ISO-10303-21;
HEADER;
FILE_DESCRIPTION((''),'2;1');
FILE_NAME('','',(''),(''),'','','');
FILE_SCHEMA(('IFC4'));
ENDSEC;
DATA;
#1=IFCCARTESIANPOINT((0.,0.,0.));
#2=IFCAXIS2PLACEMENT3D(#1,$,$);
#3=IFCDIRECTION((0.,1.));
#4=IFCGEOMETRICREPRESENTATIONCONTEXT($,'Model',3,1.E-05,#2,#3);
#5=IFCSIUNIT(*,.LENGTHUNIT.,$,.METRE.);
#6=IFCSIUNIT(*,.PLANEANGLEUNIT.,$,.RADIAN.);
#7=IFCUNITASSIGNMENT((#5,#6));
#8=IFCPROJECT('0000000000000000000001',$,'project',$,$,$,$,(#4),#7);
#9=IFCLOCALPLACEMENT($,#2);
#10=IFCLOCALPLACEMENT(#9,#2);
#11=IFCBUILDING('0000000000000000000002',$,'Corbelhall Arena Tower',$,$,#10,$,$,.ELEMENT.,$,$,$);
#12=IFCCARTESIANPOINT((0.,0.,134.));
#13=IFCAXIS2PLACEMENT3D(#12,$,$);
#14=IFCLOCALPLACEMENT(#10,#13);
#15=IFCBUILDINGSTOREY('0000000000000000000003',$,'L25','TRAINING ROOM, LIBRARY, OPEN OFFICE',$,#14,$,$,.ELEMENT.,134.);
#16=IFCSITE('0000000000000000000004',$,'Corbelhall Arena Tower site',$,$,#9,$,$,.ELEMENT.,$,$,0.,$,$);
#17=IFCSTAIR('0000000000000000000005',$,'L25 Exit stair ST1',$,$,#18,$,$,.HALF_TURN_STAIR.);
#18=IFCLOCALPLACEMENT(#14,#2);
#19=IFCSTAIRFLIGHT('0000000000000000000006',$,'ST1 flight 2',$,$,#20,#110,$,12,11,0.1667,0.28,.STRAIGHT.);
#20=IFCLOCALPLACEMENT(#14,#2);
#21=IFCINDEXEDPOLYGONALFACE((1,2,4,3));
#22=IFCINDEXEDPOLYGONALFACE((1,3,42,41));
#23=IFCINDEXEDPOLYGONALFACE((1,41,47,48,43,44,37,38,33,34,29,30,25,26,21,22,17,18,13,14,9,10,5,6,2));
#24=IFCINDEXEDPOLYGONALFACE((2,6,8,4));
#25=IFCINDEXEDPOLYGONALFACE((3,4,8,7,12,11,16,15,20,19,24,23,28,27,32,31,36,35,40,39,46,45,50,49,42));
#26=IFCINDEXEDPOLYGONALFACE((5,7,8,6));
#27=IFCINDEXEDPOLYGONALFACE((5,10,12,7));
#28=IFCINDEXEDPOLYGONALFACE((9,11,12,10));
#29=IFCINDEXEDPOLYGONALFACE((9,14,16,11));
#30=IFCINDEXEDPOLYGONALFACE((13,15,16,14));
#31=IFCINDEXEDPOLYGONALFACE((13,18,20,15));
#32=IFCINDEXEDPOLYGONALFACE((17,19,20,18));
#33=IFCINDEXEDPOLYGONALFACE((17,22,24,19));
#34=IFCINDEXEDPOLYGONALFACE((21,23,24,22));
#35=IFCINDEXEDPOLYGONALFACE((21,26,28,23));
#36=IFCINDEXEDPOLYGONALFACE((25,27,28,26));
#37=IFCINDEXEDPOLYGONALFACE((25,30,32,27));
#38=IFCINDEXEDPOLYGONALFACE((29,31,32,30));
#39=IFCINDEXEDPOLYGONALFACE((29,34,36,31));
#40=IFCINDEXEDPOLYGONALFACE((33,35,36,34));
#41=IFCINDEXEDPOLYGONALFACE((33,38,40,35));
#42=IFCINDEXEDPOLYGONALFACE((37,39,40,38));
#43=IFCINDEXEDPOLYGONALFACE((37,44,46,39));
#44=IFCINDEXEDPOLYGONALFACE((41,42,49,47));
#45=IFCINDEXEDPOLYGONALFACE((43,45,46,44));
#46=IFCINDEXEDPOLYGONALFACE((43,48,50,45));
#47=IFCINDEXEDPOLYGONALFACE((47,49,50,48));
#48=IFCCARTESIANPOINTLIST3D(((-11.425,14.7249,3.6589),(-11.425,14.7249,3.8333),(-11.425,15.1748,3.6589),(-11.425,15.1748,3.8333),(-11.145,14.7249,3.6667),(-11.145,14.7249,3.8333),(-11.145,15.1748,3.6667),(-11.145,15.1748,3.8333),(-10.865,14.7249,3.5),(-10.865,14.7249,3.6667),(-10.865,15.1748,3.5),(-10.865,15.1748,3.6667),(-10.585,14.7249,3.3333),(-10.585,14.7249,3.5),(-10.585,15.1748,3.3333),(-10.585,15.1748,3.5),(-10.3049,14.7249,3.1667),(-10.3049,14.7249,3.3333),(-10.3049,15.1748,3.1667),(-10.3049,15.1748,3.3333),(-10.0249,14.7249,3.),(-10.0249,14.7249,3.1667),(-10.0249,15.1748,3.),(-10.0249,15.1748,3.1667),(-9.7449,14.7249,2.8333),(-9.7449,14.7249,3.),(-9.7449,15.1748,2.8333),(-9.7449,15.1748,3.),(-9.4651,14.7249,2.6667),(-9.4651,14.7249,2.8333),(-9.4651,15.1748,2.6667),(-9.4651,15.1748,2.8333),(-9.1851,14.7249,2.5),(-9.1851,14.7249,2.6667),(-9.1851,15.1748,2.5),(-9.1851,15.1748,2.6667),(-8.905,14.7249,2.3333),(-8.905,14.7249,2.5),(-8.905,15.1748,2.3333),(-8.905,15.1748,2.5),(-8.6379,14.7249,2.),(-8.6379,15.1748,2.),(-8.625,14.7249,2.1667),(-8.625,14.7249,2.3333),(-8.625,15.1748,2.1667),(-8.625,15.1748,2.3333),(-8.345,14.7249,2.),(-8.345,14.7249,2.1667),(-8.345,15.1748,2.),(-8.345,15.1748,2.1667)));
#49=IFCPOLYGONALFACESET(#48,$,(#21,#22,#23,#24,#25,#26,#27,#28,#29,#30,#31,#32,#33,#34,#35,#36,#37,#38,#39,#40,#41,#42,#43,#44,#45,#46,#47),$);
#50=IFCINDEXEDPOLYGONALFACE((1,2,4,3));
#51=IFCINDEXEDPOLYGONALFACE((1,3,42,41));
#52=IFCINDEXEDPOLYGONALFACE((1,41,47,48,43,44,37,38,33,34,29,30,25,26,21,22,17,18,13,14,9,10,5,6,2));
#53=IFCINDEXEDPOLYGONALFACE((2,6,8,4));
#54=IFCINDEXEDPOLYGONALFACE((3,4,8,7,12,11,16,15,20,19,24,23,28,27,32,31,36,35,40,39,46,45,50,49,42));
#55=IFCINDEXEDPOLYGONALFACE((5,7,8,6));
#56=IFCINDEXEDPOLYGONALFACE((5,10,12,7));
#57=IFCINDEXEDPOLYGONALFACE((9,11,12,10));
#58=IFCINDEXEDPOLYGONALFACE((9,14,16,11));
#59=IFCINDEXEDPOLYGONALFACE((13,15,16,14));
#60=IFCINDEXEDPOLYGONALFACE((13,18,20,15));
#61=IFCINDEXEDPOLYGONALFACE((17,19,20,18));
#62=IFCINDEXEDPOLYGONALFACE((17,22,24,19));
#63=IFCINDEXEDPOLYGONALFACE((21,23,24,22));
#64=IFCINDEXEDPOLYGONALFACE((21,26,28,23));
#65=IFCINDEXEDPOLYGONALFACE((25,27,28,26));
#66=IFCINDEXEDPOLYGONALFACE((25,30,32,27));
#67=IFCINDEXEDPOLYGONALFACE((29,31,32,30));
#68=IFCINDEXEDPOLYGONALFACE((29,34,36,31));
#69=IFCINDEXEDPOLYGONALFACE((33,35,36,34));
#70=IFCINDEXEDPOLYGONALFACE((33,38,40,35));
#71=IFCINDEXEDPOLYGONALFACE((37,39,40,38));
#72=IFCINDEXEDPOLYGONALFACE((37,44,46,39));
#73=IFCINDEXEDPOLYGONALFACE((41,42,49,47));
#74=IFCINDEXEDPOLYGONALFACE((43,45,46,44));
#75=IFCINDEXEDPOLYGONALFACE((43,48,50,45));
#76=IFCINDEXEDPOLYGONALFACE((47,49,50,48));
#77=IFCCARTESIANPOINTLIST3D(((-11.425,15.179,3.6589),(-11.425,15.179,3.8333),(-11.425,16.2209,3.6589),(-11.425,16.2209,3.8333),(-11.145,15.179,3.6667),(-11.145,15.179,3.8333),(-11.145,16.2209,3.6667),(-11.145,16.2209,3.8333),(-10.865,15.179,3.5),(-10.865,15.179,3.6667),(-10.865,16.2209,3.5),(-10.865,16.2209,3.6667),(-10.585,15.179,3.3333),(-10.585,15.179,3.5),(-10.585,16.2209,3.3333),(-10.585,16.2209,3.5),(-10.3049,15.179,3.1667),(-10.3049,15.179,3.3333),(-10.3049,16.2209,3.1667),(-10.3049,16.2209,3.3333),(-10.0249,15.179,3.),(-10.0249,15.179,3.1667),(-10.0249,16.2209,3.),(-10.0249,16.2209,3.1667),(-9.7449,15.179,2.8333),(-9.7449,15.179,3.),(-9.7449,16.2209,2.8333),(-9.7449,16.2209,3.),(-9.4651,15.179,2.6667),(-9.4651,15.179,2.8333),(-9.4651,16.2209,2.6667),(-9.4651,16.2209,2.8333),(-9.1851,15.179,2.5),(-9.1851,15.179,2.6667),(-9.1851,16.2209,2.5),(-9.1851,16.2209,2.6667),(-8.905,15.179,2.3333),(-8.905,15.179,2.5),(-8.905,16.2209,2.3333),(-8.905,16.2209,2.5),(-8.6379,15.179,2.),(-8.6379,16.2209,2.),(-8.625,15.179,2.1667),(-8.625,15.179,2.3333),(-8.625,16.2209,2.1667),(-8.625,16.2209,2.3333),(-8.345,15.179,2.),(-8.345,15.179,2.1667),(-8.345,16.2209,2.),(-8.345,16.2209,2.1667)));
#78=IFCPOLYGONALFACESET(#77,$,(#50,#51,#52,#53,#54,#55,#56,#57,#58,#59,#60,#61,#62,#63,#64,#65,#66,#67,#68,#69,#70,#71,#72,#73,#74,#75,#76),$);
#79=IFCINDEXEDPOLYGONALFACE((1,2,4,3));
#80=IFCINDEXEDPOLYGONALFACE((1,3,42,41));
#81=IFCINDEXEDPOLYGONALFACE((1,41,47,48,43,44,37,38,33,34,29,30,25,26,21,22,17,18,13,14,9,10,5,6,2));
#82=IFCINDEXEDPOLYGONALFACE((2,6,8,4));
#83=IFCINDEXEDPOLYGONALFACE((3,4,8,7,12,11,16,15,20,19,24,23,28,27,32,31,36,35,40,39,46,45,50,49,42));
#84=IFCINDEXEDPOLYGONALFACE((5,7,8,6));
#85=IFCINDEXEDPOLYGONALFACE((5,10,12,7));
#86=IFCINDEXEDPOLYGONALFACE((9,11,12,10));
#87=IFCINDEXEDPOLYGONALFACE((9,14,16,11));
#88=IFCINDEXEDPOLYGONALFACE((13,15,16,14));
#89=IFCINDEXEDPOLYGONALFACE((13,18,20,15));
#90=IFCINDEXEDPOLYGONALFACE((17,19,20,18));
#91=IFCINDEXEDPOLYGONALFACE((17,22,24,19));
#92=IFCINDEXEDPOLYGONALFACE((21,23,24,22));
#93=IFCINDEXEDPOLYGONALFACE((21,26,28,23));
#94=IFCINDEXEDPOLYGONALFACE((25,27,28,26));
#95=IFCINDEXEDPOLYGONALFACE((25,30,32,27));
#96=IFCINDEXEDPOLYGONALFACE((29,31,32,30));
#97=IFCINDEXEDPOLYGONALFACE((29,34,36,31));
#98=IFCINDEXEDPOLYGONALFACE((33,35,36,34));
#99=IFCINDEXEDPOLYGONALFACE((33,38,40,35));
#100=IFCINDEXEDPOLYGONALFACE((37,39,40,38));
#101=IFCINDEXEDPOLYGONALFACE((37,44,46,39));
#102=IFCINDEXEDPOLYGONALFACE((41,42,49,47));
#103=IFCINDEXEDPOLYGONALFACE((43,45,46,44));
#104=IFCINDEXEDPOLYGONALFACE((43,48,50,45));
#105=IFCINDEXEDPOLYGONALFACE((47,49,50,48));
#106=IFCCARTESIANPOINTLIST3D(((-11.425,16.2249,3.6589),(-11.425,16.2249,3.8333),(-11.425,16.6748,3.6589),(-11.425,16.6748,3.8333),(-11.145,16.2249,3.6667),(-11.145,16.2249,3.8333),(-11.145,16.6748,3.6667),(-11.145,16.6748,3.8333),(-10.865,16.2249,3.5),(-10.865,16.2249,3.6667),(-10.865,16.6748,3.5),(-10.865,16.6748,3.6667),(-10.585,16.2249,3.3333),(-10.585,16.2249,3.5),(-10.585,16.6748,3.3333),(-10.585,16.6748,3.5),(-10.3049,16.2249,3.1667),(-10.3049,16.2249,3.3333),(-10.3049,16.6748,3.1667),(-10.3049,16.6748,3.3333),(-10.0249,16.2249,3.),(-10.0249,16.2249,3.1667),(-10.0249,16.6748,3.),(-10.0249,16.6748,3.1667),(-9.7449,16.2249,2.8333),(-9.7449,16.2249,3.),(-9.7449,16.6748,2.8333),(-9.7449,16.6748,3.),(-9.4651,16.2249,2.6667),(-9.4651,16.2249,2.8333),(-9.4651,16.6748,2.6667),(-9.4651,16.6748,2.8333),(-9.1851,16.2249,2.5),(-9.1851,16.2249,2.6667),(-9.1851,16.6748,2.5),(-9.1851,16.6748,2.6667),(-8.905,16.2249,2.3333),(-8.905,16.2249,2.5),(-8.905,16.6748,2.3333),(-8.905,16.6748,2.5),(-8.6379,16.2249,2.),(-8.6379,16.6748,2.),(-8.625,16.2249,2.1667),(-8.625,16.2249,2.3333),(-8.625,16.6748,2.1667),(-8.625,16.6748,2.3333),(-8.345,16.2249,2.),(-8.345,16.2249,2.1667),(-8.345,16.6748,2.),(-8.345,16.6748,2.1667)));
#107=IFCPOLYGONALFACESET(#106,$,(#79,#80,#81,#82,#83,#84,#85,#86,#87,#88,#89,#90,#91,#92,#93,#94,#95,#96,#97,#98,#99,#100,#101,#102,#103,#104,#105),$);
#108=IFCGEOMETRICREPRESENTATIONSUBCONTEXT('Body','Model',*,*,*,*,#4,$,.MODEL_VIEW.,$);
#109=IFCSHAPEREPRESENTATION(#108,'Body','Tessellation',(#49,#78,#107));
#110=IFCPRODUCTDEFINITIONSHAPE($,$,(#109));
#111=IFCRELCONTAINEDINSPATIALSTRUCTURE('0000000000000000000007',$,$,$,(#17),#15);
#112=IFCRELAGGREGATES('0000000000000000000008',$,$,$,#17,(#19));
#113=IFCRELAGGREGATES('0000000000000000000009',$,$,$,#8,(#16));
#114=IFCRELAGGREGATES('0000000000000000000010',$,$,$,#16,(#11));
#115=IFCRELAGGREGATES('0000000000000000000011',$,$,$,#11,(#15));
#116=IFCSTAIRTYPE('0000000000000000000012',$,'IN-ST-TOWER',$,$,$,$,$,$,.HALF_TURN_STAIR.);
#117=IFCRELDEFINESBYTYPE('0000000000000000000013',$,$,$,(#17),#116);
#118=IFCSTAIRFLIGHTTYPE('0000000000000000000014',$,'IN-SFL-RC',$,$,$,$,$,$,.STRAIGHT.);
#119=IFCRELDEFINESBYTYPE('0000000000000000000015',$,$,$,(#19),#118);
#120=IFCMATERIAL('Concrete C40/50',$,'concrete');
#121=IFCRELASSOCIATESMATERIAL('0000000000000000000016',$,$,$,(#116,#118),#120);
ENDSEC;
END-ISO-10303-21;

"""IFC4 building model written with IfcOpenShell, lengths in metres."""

from ifc_helpers import new_model, si_unit, direction, frame, origin, place, context, subcontext, project, spatial, polyline, outline, extrude, material, type_object, element, aggregate, save


model = new_model("IFC4")

# Units and contexts
model_context = context("Model", 3, precision=1e-05, world=origin(), true_north=direction((0.0, 1.0)))
body_context = subcontext(model_context, "Body", "Model", "MODEL_VIEW")
ifc_project = project(units=[si_unit("LENGTHUNIT", "METRE"), si_unit("PLANEANGLEUNIT", "RADIAN")], contexts=[model_context])

# Site, building, storey
site_placement = place(None, origin())
site = spatial("IfcSite", under=ifc_project, at=site_placement, Name="Corbelhall Arena Tower site", CompositionType="ELEMENT", RefElevation=0.0)
building_placement = place(site_placement, origin())
building = spatial("IfcBuilding", under=site, at=building_placement, Name="Corbelhall Arena Tower", CompositionType="ELEMENT")
storey_placement = place(building_placement, frame((0.0, 0.0, 134.0)))
storey = spatial("IfcBuildingStorey", under=building, at=storey_placement, Name="L25", Description="TRAINING ROOM, LIBRARY, OPEN OFFICE", CompositionType="ELEMENT", Elevation=134.0)

# Shared definitions
ifc_material_1 = material(Name="Concrete C40/50", Category="concrete")

# Stair, stair flight
stair_type = type_object("IfcStairType", Name="IN-ST-TOWER", PredefinedType="HALF_TURN_STAIR", material=ifc_material_1)
stair_placement = place(storey_placement, origin())
stair = element("IfcStair", 1, at=stair_placement, inside=storey, type_object=stair_type, Name="L25 Exit stair ST1", PredefinedType="HALF_TURN_STAIR")
stair_flight_type = type_object("IfcStairFlightType", Name="IN-SFL-RC", PredefinedType="STRAIGHT", material=ifc_material_1)
stair_flight_placement = place(storey_placement, frame((-8.345, 15.7, 2.0), z_axis=(0.0, 0.0, 1.0), x_axis=(-1.0, 0.0, 0.0)))
stair_flight = element("IfcStairFlight", 2, at=stair_flight_placement, type_object=stair_flight_type, Name="ST1 flight 2", NumberOfRisers=12, NumberOfTreads=11, PredefinedType="STRAIGHT", RiserHeight=0.1667, TreadLength=0.28, context=body_context, shape_type="SweptSolid", body=[
    extrude(outline(polyline([(0.0, 0.0), (0.0, 0.1667), (0.28, 0.1667), (0.28, 0.3333), (0.5601, 0.3333), (0.5601, 0.5), (0.8401, 0.5), (0.8401, 0.6667), (1.1201, 0.6667), (1.1201, 0.8333), (1.3999, 0.8333), (1.3999, 1.0), (1.6799, 1.0), (1.6799, 1.1667), (1.96, 1.1667), (1.96, 1.3333), (2.24, 1.3333), (2.24, 1.5), (2.52, 1.5), (2.52, 1.6667), (2.8, 1.6667), (2.8, 1.8333), (3.0801, 1.8333), (3.0801, 2.0), (3.0801, 1.6589), (0.293, 0.0), (0.0, 0.0)])), frame((0.0, 0.9751, 0.0), z_axis=(0.0, -1.0, 0.0), x_axis=(1.0, 0.0, 0.0)), (0.0, 0.0, 1.0), 0.45),
    extrude(outline(polyline([(0.0, 0.0), (0.0, 0.1667), (0.28, 0.1667), (0.28, 0.3333), (0.5601, 0.3333), (0.5601, 0.5), (0.8401, 0.5), (0.8401, 0.6667), (1.1201, 0.6667), (1.1201, 0.8333), (1.3999, 0.8333), (1.3999, 1.0), (1.6799, 1.0), (1.6799, 1.1667), (1.96, 1.1667), (1.96, 1.3333), (2.24, 1.3333), (2.24, 1.5), (2.52, 1.5), (2.52, 1.6667), (2.8, 1.6667), (2.8, 1.8333), (3.0801, 1.8333), (3.0801, 2.0), (3.0801, 1.6589), (0.293, 0.0), (0.0, 0.0)])), frame((0.0, 0.521, 0.0), z_axis=(0.0, -1.0, 0.0), x_axis=(1.0, 0.0, 0.0)), (0.0, 0.0, 1.0), 1.042),
    extrude(outline(polyline([(0.0, 0.0), (0.0, 0.1667), (0.28, 0.1667), (0.28, 0.3333), (0.5601, 0.3333), (0.5601, 0.5), (0.8401, 0.5), (0.8401, 0.6667), (1.1201, 0.6667), (1.1201, 0.8333), (1.3999, 0.8333), (1.3999, 1.0), (1.6799, 1.0), (1.6799, 1.1667), (1.96, 1.1667), (1.96, 1.3333), (2.24, 1.3333), (2.24, 1.5), (2.52, 1.5), (2.52, 1.6667), (2.8, 1.6667), (2.8, 1.8333), (3.0801, 1.8333), (3.0801, 2.0), (3.0801, 1.6589), (0.293, 0.0), (0.0, 0.0)])), frame((0.0, -0.5249, 0.0), z_axis=(0.0, -1.0, 0.0), x_axis=(1.0, 0.0, 0.0)), (0.0, 0.0, 1.0), 0.45),
])
aggregate(stair, [stair_flight])

save(model, "model.ifc")
